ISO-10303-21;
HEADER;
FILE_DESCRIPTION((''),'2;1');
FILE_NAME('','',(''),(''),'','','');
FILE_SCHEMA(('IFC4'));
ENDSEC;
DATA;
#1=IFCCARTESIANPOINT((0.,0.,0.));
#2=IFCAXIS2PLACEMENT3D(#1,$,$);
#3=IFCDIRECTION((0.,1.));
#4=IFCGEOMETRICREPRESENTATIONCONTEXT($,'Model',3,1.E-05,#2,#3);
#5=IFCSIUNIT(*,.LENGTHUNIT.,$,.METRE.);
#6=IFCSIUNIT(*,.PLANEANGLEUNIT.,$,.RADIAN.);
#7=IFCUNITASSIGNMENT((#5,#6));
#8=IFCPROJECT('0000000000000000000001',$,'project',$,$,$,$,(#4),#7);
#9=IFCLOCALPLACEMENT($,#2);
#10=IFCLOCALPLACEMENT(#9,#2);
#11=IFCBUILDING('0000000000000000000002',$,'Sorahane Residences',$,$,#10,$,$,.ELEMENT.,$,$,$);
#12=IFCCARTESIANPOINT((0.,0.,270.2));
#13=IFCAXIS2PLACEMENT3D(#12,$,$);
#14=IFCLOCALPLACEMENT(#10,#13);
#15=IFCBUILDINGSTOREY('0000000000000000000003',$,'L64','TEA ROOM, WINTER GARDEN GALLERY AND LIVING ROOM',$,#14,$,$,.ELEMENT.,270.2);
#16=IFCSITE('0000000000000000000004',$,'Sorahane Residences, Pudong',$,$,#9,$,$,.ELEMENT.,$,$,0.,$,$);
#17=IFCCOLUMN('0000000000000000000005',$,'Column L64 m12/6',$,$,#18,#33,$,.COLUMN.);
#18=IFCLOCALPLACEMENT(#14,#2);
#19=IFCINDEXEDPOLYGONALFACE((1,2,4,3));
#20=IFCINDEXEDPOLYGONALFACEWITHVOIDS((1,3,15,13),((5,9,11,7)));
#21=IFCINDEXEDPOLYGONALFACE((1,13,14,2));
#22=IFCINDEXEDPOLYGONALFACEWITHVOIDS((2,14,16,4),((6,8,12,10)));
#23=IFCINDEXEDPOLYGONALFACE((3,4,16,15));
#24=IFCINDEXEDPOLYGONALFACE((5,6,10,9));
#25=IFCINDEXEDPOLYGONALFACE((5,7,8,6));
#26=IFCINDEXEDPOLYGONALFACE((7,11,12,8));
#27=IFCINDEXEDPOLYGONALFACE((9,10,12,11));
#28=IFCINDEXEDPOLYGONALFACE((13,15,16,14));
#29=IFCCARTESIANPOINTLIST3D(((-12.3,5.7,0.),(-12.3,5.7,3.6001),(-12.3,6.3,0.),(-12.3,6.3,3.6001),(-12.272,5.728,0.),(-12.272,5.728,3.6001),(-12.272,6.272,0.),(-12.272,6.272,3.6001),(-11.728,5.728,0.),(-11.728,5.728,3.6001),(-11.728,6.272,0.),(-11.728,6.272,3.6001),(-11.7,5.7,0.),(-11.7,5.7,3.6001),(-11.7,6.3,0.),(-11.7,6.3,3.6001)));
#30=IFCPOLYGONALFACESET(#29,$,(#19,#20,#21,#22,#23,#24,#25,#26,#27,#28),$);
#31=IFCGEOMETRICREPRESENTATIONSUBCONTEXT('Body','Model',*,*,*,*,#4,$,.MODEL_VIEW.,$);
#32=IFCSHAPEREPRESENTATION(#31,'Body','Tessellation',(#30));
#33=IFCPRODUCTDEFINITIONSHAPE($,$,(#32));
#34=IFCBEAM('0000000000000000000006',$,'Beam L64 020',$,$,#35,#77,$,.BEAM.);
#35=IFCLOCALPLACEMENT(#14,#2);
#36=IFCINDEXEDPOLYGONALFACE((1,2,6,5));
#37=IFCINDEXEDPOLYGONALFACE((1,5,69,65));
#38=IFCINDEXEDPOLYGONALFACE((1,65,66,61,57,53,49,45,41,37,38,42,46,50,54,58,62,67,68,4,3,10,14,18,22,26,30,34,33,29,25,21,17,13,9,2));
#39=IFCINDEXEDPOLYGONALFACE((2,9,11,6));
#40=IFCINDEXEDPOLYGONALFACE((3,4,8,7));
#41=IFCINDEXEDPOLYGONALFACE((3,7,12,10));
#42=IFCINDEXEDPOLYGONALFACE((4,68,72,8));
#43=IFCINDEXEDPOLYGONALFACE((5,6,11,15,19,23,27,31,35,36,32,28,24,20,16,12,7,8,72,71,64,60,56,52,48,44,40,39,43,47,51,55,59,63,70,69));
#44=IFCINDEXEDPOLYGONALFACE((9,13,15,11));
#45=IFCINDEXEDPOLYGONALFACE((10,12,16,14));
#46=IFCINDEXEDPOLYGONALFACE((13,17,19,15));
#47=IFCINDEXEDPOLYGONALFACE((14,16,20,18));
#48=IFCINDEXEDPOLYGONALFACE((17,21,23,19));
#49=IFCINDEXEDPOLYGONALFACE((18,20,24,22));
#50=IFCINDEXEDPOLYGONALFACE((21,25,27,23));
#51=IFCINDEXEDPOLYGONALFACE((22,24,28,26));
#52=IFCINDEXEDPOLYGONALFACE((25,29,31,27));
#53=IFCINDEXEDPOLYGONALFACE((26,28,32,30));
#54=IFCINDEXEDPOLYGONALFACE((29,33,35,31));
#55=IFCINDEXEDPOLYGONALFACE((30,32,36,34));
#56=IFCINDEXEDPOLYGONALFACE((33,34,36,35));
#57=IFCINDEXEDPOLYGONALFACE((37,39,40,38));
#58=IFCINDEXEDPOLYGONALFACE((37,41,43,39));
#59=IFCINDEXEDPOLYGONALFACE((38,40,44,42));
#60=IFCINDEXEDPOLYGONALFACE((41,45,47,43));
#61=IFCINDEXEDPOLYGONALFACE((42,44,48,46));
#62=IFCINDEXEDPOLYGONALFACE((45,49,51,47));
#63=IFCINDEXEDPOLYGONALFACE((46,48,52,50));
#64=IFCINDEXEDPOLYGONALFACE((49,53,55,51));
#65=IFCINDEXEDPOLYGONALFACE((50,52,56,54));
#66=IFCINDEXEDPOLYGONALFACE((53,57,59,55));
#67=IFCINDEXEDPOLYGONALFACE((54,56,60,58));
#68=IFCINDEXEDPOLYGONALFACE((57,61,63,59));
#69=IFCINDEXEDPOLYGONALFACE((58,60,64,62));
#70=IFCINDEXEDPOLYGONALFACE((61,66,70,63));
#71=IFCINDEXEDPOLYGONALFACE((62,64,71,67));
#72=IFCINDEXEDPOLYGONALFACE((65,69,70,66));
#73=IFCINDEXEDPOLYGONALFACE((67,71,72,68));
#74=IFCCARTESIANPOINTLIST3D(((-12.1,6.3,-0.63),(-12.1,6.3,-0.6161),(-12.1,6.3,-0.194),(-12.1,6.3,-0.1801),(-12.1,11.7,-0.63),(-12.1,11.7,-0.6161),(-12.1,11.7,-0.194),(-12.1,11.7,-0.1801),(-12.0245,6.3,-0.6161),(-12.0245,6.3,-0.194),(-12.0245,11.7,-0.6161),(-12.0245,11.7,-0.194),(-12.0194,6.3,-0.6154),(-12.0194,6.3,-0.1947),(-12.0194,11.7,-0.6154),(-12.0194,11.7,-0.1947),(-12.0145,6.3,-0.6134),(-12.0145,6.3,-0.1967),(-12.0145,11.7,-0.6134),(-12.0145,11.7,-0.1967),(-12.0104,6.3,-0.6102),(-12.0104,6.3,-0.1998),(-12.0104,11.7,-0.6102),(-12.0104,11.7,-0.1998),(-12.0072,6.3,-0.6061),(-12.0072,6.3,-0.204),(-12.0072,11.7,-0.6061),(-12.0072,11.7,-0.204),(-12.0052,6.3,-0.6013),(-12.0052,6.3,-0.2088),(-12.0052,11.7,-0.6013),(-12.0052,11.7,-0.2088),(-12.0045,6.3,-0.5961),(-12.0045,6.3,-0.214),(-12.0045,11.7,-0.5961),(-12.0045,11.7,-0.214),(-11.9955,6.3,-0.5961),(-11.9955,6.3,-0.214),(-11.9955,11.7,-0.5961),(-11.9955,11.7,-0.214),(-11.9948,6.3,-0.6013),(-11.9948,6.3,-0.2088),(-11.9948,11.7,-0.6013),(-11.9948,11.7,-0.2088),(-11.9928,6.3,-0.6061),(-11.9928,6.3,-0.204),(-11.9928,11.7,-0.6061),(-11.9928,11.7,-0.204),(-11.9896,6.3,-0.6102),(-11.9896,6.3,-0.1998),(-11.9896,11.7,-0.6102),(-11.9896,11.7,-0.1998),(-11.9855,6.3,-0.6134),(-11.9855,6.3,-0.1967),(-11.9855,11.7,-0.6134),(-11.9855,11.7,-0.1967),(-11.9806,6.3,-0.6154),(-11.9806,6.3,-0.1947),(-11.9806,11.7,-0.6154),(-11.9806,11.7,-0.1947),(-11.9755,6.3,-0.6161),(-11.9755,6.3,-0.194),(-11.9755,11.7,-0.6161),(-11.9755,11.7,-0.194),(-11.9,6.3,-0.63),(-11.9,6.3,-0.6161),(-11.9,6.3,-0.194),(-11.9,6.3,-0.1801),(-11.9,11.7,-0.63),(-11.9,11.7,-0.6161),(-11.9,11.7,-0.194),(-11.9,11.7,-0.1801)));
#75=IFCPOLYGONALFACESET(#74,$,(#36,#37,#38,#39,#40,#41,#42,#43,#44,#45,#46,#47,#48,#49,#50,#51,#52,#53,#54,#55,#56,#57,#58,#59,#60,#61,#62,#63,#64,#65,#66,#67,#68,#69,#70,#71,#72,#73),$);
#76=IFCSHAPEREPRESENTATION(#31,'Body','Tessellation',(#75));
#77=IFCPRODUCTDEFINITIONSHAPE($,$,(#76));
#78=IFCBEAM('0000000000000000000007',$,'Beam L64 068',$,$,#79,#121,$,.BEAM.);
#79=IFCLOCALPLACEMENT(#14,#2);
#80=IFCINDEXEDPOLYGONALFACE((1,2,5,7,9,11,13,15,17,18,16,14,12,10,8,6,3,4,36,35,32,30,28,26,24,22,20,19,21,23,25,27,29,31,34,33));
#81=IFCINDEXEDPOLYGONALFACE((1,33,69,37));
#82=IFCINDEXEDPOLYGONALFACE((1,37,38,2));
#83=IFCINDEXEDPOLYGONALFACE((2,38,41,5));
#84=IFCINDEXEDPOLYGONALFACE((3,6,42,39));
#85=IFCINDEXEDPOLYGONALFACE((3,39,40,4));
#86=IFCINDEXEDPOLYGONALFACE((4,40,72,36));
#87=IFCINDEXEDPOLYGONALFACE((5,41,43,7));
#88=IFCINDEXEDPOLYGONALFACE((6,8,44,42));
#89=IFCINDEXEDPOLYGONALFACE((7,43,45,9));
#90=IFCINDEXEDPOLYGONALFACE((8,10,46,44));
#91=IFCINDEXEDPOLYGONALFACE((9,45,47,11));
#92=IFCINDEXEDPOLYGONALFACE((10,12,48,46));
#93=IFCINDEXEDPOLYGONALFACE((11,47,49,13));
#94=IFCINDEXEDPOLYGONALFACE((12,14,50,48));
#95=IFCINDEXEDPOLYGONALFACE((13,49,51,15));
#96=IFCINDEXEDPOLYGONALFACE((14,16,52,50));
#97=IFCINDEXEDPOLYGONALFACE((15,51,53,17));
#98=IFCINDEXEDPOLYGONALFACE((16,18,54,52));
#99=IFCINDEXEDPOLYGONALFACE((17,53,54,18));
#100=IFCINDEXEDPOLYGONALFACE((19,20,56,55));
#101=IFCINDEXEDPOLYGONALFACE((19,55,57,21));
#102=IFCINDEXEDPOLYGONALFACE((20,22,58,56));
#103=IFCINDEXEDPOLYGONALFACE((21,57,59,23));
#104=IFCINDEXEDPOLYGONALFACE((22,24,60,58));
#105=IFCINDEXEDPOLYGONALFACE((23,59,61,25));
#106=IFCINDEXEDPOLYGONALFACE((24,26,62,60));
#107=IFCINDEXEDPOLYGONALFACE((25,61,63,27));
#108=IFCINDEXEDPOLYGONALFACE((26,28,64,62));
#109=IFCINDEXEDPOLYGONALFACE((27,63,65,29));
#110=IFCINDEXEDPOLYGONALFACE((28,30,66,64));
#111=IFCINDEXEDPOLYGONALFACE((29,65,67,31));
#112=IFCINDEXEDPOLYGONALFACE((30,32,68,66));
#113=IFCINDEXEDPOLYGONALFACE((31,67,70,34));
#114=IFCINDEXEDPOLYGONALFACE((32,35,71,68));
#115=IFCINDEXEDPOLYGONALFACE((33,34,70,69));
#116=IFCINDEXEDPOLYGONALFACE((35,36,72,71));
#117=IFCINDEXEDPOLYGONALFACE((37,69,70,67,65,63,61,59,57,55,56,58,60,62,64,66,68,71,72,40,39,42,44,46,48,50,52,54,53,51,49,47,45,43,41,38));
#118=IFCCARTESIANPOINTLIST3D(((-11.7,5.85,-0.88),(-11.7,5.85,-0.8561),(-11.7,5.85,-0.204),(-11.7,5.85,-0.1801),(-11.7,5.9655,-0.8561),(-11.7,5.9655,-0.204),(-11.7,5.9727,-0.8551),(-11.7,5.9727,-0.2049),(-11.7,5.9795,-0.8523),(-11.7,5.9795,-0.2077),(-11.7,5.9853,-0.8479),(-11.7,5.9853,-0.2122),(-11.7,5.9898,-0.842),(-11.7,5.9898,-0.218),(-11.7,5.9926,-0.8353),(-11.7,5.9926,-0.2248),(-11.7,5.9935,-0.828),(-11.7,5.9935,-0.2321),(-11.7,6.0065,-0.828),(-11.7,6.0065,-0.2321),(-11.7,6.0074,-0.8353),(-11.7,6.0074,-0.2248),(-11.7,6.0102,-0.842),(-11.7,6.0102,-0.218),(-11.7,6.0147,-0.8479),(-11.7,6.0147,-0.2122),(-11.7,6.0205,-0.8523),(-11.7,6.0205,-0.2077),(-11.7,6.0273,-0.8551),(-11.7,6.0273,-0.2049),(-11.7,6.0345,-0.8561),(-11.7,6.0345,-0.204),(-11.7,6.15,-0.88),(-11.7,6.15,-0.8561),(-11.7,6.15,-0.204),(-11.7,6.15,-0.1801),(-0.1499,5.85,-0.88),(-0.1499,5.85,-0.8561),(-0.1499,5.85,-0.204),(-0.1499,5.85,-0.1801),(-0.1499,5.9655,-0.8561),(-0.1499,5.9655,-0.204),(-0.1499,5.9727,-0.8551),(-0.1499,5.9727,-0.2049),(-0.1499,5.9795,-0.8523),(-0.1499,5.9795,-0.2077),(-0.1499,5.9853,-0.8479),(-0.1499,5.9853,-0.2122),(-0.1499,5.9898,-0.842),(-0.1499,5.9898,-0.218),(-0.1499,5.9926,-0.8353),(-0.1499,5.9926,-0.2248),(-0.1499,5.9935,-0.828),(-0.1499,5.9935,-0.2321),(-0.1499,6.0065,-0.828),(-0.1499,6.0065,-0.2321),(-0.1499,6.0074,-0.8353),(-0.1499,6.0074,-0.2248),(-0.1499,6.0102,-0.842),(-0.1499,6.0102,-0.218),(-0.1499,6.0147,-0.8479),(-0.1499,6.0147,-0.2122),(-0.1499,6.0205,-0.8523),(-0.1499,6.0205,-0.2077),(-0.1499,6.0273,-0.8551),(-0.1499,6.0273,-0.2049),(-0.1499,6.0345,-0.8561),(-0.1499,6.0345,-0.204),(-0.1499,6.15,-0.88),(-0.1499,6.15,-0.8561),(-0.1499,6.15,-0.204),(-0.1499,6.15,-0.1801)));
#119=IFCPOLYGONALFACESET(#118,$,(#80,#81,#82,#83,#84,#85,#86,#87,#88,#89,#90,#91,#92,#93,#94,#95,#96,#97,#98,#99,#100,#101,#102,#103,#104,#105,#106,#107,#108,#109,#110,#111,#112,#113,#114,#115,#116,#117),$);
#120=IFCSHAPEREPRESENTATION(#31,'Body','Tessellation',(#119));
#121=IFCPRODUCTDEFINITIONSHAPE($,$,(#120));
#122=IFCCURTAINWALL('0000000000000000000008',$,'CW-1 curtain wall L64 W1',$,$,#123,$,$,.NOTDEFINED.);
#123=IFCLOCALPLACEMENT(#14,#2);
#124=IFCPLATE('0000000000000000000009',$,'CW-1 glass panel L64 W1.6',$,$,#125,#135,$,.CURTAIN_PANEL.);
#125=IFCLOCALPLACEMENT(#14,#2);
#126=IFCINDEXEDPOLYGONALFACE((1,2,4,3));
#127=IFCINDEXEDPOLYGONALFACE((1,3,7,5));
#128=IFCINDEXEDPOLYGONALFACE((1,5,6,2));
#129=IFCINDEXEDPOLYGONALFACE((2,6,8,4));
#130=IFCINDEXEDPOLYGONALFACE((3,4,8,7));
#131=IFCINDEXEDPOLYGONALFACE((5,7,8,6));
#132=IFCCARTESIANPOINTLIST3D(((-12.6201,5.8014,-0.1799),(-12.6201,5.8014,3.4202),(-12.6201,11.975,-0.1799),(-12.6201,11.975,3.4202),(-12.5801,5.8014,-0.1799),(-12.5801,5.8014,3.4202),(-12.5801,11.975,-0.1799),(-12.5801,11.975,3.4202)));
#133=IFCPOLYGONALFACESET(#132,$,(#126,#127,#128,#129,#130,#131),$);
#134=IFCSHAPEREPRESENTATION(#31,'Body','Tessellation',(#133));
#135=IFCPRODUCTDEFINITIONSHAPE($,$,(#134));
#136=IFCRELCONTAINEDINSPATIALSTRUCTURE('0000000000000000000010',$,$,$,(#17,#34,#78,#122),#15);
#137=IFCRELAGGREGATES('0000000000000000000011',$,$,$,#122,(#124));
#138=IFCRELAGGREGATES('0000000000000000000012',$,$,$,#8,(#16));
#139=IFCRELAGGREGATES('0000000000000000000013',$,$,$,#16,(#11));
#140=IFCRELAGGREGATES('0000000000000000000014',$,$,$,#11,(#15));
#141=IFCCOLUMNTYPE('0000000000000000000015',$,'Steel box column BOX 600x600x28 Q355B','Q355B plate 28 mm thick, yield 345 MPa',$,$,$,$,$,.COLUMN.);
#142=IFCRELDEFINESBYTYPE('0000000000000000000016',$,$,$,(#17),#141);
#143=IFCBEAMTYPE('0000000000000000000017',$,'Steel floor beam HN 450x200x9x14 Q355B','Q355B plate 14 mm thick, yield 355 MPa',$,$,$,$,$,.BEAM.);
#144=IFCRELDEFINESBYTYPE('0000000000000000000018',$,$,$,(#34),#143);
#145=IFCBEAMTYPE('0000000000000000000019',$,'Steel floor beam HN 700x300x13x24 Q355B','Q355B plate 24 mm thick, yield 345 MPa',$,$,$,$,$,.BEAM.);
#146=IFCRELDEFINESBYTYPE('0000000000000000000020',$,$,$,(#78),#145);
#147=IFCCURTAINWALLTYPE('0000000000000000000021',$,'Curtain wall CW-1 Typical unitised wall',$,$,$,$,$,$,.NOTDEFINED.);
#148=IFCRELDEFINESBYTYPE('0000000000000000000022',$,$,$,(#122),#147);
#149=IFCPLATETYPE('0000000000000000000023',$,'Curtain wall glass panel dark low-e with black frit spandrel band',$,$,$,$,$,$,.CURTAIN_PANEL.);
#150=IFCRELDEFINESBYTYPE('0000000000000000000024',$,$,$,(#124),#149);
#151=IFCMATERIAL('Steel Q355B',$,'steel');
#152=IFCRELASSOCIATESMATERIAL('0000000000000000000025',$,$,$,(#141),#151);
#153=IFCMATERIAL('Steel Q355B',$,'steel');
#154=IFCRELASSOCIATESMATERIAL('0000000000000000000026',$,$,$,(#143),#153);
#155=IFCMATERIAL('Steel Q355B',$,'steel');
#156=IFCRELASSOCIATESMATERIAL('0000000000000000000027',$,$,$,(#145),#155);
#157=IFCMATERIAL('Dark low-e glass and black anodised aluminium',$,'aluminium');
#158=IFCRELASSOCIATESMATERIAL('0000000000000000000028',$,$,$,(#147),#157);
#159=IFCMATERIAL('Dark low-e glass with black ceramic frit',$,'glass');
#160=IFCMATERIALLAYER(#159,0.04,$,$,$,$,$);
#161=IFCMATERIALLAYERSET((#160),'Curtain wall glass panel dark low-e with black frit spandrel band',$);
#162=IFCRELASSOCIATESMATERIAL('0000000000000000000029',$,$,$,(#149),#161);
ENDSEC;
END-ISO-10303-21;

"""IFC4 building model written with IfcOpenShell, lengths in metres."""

from ifc_helpers import new_model, si_unit, direction, frame, origin, origin_2d, place, context, subcontext, project, spatial, rectangle, hollow_rectangle, i_section, extrude, material, layer, layer_set, material_profile, profile_set, type_object, element, aggregate, save


model = new_model("IFC4")

# Units and contexts
model_context = context("Model", 3, precision=1e-05, world=origin(), true_north=direction((0.0, 1.0)))
body_context = subcontext(model_context, "Body", "Model", "MODEL_VIEW")
ifc_project = project(units=[si_unit("LENGTHUNIT", "METRE"), si_unit("PLANEANGLEUNIT", "RADIAN")], contexts=[model_context])

# Site, building, storey
site_placement = place(None, origin())
site = spatial("IfcSite", under=ifc_project, at=site_placement, Name="Sorahane Residences, Pudong", CompositionType="ELEMENT", RefElevation=0.0)
building_placement = place(site_placement, origin())
building = spatial("IfcBuilding", under=site, at=building_placement, Name="Sorahane Residences", CompositionType="ELEMENT")
storey_placement = place(building_placement, frame((0.0, 0.0, 270.2)))
storey = spatial("IfcBuildingStorey", under=building, at=storey_placement, Name="L64", Description="TEA ROOM, WINTER GARDEN GALLERY AND LIVING ROOM", CompositionType="ELEMENT", Elevation=270.2)

# Column
ifc_material_1 = material(Name="Steel Q355B", Category="steel")
ifc_material_profile_1 = material_profile(ifc_material_1, hollow_rectangle(XDim=0.6001, YDim=0.6001, WallThickness=0.0281, at=origin_2d()), Name="BOX 600x600x28")
ifc_profile_set_1 = profile_set([ifc_material_profile_1], Name="Steel Q355B")
column_type = type_object("IfcColumnType", Name="Steel box column BOX 600x600x28 Q355B", Description="Q355B plate 28 mm thick, yield 345 MPa", PredefinedType="COLUMN", material=ifc_profile_set_1)
column_placement = place(storey_placement, frame((-12.0, 6.0, 0.0), z_axis=(0.0, 0.0, 1.0), x_axis=(1.0, 0.0, 0.0)))
element("IfcColumn", 1, at=column_placement, inside=storey, type_object=column_type, Name="Column L64 m12/6", PredefinedType="COLUMN", context=body_context, shape_type="SweptSolid", body=[
    extrude(hollow_rectangle(XDim=0.6001, YDim=0.6001, WallThickness=0.0281, at=origin_2d()), origin(), (0.0, 0.0, 1.0), 3.6001),
])

# Beams
ifc_material_2 = material(Name="Steel Q355B", Category="steel")
ifc_material_profile_2 = material_profile(ifc_material_2, i_section(OverallWidth=0.2, OverallDepth=0.45, WebThickness=0.009, FlangeThickness=0.0139, FilletRadius=0.02, at=origin_2d()), Name="HN 450x200x9x14")
ifc_profile_set_2 = profile_set([ifc_material_profile_2], Name="Steel Q355B")
beam_type_1 = type_object("IfcBeamType", Name="Steel floor beam HN 450x200x9x14 Q355B", Description="Q355B plate 14 mm thick, yield 355 MPa", PredefinedType="BEAM", material=ifc_profile_set_2)
beam_1_placement = place(storey_placement, frame((-12.0, 6.3, -0.405), z_axis=(0.0, 1.0, 0.0), x_axis=(-1.0, 0.0, 0.0)))
element("IfcBeam", 2, at=beam_1_placement, inside=storey, type_object=beam_type_1, Name="Beam L64 020", PredefinedType="BEAM", context=body_context, shape_type="SweptSolid", body=[
    extrude(i_section(OverallWidth=0.2, OverallDepth=0.45, WebThickness=0.009, FlangeThickness=0.0139, FilletRadius=0.02, at=origin_2d()), origin(), (0.0, 0.0, 1.0), 5.3999),
])
ifc_material_3 = material(Name="Steel Q355B", Category="steel")
ifc_material_profile_3 = material_profile(ifc_material_3, i_section(OverallWidth=0.3, OverallDepth=0.7, WebThickness=0.0129, FlangeThickness=0.0239, FilletRadius=0.0281, at=origin_2d()), Name="HN 700x300x13x24")
ifc_profile_set_3 = profile_set([ifc_material_profile_3], Name="Steel Q355B")
beam_type_2 = type_object("IfcBeamType", Name="Steel floor beam HN 700x300x13x24 Q355B", Description="Q355B plate 24 mm thick, yield 345 MPa", PredefinedType="BEAM", material=ifc_profile_set_3)
beam_2_placement = place(storey_placement, frame((-11.7, 6.0, -0.53), z_axis=(1.0, 0.0, 0.0), x_axis=(0.0, 1.0, 0.0)))
element("IfcBeam", 3, at=beam_2_placement, inside=storey, type_object=beam_type_2, Name="Beam L64 068", PredefinedType="BEAM", context=body_context, shape_type="SweptSolid", body=[
    extrude(i_section(OverallWidth=0.3, OverallDepth=0.7, WebThickness=0.0129, FlangeThickness=0.0239, FilletRadius=0.0281, at=origin_2d()), origin(), (0.0, 0.0, 1.0), 11.55),
])

# Curtain wall, plate
ifc_material_4 = material(Name="Dark low-e glass and black anodised aluminium", Category="aluminium")
curtain_wall_type = type_object("IfcCurtainWallType", Name="Curtain wall CW-1 Typical unitised wall", PredefinedType="NOTDEFINED", material=ifc_material_4)
curtain_wall_placement = place(storey_placement, origin())
curtain_wall = element("IfcCurtainWall", 4, at=curtain_wall_placement, inside=storey, type_object=curtain_wall_type, Name="CW-1 curtain wall L64 W1", PredefinedType="NOTDEFINED")
ifc_material_5 = material(Name="Dark low-e glass with black ceramic frit", Category="glass")
ifc_layer_1 = layer(ifc_material_5, 0.04)
ifc_layer_set_1 = layer_set([ifc_layer_1], Name="Curtain wall glass panel dark low-e with black frit spandrel band")
plate_type = type_object("IfcPlateType", Name="Curtain wall glass panel dark low-e with black frit spandrel band", PredefinedType="CURTAIN_PANEL", material=ifc_layer_set_1)
plate_placement = place(storey_placement, frame((-12.6001, 8.8882, -0.1799), z_axis=(0.0, 0.0, 1.0), x_axis=(0.0, -1.0, 0.0)))
plate = element("IfcPlate", 5, at=plate_placement, type_object=plate_type, Name="CW-1 glass panel L64 W1.6", PredefinedType="CURTAIN_PANEL", context=body_context, shape_type="SweptSolid", body=[
    extrude(rectangle(XDim=6.1736, YDim=0.04, at=origin_2d()), origin(), (0.0, 0.0, 1.0), 3.6001),
])
aggregate(curtain_wall, [plate])

save(model, "model.ifc")
